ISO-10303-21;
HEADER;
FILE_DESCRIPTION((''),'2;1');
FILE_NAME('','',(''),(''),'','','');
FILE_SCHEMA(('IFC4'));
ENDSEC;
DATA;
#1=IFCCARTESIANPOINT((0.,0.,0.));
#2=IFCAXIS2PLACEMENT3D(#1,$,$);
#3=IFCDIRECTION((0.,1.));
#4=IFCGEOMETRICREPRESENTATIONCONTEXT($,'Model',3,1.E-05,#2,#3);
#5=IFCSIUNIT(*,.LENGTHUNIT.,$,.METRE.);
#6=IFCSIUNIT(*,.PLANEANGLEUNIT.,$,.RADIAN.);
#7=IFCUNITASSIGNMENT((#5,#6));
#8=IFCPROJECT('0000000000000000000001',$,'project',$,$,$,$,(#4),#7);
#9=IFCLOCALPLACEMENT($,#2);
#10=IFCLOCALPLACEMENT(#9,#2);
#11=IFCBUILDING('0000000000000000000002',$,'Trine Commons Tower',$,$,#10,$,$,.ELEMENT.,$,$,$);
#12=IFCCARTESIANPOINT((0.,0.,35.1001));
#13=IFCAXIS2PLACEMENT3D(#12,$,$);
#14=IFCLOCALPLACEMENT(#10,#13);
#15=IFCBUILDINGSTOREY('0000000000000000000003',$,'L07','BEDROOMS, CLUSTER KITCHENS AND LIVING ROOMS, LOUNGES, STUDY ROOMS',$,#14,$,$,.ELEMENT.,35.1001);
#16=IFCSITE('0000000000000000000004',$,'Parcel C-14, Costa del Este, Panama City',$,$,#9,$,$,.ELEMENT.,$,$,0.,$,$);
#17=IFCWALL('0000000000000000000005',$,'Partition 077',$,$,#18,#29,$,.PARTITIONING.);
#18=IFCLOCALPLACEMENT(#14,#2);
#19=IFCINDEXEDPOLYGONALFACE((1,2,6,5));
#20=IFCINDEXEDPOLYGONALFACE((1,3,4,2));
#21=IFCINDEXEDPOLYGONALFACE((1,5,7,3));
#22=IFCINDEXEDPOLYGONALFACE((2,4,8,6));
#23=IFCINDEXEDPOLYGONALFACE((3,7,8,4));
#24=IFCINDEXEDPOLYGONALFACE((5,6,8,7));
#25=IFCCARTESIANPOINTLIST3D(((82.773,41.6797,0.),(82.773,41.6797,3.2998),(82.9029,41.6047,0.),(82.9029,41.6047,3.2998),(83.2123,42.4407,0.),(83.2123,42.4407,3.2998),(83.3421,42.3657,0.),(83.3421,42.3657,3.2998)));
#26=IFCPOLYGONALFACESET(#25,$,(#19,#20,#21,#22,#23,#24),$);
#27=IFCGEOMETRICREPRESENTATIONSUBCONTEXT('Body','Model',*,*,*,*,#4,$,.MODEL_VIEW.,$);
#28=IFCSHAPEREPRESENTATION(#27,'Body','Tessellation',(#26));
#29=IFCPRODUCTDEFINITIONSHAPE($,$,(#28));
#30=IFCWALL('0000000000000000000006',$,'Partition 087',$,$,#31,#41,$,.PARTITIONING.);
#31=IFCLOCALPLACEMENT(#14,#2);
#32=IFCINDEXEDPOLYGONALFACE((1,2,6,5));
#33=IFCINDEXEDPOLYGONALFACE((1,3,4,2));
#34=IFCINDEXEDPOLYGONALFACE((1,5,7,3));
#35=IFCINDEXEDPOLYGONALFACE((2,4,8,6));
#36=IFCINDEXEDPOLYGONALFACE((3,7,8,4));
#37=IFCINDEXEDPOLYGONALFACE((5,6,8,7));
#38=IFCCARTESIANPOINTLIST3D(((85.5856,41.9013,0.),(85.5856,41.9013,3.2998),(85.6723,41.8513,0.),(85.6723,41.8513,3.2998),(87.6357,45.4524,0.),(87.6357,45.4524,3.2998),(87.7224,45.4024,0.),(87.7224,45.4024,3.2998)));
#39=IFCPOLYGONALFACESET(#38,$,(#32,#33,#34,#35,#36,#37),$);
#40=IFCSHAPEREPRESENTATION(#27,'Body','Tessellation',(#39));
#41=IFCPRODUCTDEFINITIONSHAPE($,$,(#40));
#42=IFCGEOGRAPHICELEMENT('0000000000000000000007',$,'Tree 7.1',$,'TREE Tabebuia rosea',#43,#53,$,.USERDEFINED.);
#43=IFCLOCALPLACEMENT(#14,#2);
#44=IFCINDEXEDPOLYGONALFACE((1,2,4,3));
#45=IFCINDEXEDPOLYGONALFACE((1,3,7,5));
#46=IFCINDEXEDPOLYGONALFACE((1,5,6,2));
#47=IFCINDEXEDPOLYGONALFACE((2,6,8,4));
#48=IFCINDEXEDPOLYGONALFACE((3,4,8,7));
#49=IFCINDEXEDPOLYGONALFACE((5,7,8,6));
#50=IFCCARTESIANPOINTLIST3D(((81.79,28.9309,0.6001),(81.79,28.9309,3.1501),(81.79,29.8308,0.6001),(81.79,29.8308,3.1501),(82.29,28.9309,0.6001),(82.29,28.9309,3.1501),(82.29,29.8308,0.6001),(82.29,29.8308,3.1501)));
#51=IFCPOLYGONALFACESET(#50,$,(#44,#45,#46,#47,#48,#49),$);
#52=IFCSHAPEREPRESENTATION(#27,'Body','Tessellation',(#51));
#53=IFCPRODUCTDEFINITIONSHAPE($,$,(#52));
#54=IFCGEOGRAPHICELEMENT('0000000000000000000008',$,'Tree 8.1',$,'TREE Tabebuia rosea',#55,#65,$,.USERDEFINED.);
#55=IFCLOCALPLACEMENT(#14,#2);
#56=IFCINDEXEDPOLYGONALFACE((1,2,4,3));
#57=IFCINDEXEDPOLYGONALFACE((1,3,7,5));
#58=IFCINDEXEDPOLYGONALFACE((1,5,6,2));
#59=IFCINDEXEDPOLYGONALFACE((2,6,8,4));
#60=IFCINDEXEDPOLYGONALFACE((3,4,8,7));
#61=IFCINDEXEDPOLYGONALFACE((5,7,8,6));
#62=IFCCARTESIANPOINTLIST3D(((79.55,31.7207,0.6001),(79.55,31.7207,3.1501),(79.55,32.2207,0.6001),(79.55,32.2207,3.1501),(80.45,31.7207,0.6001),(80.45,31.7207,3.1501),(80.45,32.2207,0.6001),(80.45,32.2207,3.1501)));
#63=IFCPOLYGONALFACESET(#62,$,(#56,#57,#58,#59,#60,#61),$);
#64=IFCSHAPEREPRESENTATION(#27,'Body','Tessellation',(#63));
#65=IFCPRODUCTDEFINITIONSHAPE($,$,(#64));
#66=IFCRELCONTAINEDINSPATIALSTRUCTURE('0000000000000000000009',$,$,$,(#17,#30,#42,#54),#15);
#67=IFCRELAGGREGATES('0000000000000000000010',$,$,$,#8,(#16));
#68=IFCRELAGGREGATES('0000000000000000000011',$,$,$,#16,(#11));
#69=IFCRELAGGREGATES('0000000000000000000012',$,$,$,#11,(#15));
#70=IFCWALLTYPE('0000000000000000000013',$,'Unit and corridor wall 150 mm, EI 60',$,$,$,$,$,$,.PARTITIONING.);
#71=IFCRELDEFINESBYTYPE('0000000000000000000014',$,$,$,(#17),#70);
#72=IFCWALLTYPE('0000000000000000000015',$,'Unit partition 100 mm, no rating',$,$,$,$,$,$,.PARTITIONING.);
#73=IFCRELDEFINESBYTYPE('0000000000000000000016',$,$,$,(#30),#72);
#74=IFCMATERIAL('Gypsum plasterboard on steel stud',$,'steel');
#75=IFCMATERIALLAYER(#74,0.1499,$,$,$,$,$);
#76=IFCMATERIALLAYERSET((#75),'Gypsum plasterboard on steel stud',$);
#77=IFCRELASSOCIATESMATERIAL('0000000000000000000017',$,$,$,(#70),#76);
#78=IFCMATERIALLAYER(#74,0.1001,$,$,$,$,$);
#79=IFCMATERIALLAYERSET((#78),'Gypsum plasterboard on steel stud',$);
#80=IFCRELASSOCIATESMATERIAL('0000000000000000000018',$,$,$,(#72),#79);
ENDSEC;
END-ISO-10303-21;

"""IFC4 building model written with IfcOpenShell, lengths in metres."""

from ifc_helpers import new_model, si_unit, direction, frame, frame_2d, origin, origin_2d, place, context, subcontext, project, spatial, rectangle, extrude, material, layer, layer_set, type_object, element, save


model = new_model("IFC4")

# Units and contexts
model_context = context("Model", 3, precision=1e-05, world=origin(), true_north=direction((0.0, 1.0)))
body_context = subcontext(model_context, "Body", "Model", "MODEL_VIEW")
ifc_project = project(units=[si_unit("LENGTHUNIT", "METRE"), si_unit("PLANEANGLEUNIT", "RADIAN")], contexts=[model_context])

# Site, building, storey
site_placement = place(None, origin())
site = spatial("IfcSite", under=ifc_project, at=site_placement, Name="Parcel C-14, Costa del Este, Panama City", CompositionType="ELEMENT", RefElevation=0.0)
building_placement = place(site_placement, origin())
building = spatial("IfcBuilding", under=site, at=building_placement, Name="Trine Commons Tower", CompositionType="ELEMENT")
storey_placement = place(building_placement, frame((0.0, 0.0, 35.1001)))
storey = spatial("IfcBuildingStorey", under=building, at=storey_placement, Name="L07", Description="BEDROOMS, CLUSTER KITCHENS AND LIVING ROOMS, LOUNGES, STUDY ROOMS", CompositionType="ELEMENT", Elevation=35.1001)

# Shared definitions
ifc_material_1 = material(Name="Gypsum plasterboard on steel stud", Category="steel")
ifc_layer_1 = layer(ifc_material_1, 0.1499)
ifc_layer_set_1 = layer_set([ifc_layer_1], Name="Gypsum plasterboard on steel stud")
wall_type_1 = type_object("IfcWallType", Name="Unit and corridor wall 150 mm, EI 60", PredefinedType="PARTITIONING", material=ifc_layer_set_1)

# Walls
wall_1_placement = place(storey_placement, frame((82.8379, 41.6421, 0.0), z_axis=(0.0, 0.0, 1.0), x_axis=(0.499875, 0.866098, 0.0)))
element("IfcWall", 1, at=wall_1_placement, inside=storey, type_object=wall_type_1, Name="Partition 077", PredefinedType="PARTITIONING", context=body_context, shape_type="SweptSolid", body=[
    extrude(rectangle(XDim=0.8787, YDim=0.1499, at=frame_2d((0.4395, 0.0))), origin(), (0.0, 0.0, 1.0), 3.2998),
])
ifc_layer_2 = layer(ifc_material_1, 0.1001)
ifc_layer_set_2 = layer_set([ifc_layer_2], Name="Gypsum plasterboard on steel stud")
wall_type_2 = type_object("IfcWallType", Name="Unit partition 100 mm, no rating", PredefinedType="PARTITIONING", material=ifc_layer_set_2)
wall_2_placement = place(storey_placement, frame((85.6289, 41.8762, 0.0), z_axis=(0.0, 0.0, 1.0), x_axis=(0.499975, 0.86604, 0.0)))
element("IfcWall", 2, at=wall_2_placement, inside=storey, type_object=wall_type_2, Name="Partition 087", PredefinedType="PARTITIONING", context=body_context, shape_type="SweptSolid", body=[
    extrude(rectangle(XDim=4.1003, YDim=0.1001, at=frame_2d((2.0503, 0.0))), origin(), (0.0, 0.0, 1.0), 3.2998),
])

# Geographic elements
for number, where, z_axis, x_axis, name in (
    (3, (82.04, 29.3809, 0.6001), (0.0, 0.0, 1.0), (0.0, 1.0, 0.0), "Tree 7.1"),
    (4, (80.0, 31.9707, 0.6001), (0.0, 0.0, 1.0), (-1.0, 0.0, 0.0), "Tree 8.1"),
):
    element("IfcGeographicElement", number, at=place(storey_placement, frame(where, z_axis=z_axis, x_axis=x_axis)), inside=storey, Name=name, ObjectType="TREE Tabebuia rosea", PredefinedType="USERDEFINED", context=body_context, shape_type="SweptSolid", body=[
        extrude(rectangle(XDim=0.8999, YDim=0.5, at=origin_2d()), origin(), (0.0, 0.0, 1.0), 2.55),
    ])

save(model, "model.ifc")
